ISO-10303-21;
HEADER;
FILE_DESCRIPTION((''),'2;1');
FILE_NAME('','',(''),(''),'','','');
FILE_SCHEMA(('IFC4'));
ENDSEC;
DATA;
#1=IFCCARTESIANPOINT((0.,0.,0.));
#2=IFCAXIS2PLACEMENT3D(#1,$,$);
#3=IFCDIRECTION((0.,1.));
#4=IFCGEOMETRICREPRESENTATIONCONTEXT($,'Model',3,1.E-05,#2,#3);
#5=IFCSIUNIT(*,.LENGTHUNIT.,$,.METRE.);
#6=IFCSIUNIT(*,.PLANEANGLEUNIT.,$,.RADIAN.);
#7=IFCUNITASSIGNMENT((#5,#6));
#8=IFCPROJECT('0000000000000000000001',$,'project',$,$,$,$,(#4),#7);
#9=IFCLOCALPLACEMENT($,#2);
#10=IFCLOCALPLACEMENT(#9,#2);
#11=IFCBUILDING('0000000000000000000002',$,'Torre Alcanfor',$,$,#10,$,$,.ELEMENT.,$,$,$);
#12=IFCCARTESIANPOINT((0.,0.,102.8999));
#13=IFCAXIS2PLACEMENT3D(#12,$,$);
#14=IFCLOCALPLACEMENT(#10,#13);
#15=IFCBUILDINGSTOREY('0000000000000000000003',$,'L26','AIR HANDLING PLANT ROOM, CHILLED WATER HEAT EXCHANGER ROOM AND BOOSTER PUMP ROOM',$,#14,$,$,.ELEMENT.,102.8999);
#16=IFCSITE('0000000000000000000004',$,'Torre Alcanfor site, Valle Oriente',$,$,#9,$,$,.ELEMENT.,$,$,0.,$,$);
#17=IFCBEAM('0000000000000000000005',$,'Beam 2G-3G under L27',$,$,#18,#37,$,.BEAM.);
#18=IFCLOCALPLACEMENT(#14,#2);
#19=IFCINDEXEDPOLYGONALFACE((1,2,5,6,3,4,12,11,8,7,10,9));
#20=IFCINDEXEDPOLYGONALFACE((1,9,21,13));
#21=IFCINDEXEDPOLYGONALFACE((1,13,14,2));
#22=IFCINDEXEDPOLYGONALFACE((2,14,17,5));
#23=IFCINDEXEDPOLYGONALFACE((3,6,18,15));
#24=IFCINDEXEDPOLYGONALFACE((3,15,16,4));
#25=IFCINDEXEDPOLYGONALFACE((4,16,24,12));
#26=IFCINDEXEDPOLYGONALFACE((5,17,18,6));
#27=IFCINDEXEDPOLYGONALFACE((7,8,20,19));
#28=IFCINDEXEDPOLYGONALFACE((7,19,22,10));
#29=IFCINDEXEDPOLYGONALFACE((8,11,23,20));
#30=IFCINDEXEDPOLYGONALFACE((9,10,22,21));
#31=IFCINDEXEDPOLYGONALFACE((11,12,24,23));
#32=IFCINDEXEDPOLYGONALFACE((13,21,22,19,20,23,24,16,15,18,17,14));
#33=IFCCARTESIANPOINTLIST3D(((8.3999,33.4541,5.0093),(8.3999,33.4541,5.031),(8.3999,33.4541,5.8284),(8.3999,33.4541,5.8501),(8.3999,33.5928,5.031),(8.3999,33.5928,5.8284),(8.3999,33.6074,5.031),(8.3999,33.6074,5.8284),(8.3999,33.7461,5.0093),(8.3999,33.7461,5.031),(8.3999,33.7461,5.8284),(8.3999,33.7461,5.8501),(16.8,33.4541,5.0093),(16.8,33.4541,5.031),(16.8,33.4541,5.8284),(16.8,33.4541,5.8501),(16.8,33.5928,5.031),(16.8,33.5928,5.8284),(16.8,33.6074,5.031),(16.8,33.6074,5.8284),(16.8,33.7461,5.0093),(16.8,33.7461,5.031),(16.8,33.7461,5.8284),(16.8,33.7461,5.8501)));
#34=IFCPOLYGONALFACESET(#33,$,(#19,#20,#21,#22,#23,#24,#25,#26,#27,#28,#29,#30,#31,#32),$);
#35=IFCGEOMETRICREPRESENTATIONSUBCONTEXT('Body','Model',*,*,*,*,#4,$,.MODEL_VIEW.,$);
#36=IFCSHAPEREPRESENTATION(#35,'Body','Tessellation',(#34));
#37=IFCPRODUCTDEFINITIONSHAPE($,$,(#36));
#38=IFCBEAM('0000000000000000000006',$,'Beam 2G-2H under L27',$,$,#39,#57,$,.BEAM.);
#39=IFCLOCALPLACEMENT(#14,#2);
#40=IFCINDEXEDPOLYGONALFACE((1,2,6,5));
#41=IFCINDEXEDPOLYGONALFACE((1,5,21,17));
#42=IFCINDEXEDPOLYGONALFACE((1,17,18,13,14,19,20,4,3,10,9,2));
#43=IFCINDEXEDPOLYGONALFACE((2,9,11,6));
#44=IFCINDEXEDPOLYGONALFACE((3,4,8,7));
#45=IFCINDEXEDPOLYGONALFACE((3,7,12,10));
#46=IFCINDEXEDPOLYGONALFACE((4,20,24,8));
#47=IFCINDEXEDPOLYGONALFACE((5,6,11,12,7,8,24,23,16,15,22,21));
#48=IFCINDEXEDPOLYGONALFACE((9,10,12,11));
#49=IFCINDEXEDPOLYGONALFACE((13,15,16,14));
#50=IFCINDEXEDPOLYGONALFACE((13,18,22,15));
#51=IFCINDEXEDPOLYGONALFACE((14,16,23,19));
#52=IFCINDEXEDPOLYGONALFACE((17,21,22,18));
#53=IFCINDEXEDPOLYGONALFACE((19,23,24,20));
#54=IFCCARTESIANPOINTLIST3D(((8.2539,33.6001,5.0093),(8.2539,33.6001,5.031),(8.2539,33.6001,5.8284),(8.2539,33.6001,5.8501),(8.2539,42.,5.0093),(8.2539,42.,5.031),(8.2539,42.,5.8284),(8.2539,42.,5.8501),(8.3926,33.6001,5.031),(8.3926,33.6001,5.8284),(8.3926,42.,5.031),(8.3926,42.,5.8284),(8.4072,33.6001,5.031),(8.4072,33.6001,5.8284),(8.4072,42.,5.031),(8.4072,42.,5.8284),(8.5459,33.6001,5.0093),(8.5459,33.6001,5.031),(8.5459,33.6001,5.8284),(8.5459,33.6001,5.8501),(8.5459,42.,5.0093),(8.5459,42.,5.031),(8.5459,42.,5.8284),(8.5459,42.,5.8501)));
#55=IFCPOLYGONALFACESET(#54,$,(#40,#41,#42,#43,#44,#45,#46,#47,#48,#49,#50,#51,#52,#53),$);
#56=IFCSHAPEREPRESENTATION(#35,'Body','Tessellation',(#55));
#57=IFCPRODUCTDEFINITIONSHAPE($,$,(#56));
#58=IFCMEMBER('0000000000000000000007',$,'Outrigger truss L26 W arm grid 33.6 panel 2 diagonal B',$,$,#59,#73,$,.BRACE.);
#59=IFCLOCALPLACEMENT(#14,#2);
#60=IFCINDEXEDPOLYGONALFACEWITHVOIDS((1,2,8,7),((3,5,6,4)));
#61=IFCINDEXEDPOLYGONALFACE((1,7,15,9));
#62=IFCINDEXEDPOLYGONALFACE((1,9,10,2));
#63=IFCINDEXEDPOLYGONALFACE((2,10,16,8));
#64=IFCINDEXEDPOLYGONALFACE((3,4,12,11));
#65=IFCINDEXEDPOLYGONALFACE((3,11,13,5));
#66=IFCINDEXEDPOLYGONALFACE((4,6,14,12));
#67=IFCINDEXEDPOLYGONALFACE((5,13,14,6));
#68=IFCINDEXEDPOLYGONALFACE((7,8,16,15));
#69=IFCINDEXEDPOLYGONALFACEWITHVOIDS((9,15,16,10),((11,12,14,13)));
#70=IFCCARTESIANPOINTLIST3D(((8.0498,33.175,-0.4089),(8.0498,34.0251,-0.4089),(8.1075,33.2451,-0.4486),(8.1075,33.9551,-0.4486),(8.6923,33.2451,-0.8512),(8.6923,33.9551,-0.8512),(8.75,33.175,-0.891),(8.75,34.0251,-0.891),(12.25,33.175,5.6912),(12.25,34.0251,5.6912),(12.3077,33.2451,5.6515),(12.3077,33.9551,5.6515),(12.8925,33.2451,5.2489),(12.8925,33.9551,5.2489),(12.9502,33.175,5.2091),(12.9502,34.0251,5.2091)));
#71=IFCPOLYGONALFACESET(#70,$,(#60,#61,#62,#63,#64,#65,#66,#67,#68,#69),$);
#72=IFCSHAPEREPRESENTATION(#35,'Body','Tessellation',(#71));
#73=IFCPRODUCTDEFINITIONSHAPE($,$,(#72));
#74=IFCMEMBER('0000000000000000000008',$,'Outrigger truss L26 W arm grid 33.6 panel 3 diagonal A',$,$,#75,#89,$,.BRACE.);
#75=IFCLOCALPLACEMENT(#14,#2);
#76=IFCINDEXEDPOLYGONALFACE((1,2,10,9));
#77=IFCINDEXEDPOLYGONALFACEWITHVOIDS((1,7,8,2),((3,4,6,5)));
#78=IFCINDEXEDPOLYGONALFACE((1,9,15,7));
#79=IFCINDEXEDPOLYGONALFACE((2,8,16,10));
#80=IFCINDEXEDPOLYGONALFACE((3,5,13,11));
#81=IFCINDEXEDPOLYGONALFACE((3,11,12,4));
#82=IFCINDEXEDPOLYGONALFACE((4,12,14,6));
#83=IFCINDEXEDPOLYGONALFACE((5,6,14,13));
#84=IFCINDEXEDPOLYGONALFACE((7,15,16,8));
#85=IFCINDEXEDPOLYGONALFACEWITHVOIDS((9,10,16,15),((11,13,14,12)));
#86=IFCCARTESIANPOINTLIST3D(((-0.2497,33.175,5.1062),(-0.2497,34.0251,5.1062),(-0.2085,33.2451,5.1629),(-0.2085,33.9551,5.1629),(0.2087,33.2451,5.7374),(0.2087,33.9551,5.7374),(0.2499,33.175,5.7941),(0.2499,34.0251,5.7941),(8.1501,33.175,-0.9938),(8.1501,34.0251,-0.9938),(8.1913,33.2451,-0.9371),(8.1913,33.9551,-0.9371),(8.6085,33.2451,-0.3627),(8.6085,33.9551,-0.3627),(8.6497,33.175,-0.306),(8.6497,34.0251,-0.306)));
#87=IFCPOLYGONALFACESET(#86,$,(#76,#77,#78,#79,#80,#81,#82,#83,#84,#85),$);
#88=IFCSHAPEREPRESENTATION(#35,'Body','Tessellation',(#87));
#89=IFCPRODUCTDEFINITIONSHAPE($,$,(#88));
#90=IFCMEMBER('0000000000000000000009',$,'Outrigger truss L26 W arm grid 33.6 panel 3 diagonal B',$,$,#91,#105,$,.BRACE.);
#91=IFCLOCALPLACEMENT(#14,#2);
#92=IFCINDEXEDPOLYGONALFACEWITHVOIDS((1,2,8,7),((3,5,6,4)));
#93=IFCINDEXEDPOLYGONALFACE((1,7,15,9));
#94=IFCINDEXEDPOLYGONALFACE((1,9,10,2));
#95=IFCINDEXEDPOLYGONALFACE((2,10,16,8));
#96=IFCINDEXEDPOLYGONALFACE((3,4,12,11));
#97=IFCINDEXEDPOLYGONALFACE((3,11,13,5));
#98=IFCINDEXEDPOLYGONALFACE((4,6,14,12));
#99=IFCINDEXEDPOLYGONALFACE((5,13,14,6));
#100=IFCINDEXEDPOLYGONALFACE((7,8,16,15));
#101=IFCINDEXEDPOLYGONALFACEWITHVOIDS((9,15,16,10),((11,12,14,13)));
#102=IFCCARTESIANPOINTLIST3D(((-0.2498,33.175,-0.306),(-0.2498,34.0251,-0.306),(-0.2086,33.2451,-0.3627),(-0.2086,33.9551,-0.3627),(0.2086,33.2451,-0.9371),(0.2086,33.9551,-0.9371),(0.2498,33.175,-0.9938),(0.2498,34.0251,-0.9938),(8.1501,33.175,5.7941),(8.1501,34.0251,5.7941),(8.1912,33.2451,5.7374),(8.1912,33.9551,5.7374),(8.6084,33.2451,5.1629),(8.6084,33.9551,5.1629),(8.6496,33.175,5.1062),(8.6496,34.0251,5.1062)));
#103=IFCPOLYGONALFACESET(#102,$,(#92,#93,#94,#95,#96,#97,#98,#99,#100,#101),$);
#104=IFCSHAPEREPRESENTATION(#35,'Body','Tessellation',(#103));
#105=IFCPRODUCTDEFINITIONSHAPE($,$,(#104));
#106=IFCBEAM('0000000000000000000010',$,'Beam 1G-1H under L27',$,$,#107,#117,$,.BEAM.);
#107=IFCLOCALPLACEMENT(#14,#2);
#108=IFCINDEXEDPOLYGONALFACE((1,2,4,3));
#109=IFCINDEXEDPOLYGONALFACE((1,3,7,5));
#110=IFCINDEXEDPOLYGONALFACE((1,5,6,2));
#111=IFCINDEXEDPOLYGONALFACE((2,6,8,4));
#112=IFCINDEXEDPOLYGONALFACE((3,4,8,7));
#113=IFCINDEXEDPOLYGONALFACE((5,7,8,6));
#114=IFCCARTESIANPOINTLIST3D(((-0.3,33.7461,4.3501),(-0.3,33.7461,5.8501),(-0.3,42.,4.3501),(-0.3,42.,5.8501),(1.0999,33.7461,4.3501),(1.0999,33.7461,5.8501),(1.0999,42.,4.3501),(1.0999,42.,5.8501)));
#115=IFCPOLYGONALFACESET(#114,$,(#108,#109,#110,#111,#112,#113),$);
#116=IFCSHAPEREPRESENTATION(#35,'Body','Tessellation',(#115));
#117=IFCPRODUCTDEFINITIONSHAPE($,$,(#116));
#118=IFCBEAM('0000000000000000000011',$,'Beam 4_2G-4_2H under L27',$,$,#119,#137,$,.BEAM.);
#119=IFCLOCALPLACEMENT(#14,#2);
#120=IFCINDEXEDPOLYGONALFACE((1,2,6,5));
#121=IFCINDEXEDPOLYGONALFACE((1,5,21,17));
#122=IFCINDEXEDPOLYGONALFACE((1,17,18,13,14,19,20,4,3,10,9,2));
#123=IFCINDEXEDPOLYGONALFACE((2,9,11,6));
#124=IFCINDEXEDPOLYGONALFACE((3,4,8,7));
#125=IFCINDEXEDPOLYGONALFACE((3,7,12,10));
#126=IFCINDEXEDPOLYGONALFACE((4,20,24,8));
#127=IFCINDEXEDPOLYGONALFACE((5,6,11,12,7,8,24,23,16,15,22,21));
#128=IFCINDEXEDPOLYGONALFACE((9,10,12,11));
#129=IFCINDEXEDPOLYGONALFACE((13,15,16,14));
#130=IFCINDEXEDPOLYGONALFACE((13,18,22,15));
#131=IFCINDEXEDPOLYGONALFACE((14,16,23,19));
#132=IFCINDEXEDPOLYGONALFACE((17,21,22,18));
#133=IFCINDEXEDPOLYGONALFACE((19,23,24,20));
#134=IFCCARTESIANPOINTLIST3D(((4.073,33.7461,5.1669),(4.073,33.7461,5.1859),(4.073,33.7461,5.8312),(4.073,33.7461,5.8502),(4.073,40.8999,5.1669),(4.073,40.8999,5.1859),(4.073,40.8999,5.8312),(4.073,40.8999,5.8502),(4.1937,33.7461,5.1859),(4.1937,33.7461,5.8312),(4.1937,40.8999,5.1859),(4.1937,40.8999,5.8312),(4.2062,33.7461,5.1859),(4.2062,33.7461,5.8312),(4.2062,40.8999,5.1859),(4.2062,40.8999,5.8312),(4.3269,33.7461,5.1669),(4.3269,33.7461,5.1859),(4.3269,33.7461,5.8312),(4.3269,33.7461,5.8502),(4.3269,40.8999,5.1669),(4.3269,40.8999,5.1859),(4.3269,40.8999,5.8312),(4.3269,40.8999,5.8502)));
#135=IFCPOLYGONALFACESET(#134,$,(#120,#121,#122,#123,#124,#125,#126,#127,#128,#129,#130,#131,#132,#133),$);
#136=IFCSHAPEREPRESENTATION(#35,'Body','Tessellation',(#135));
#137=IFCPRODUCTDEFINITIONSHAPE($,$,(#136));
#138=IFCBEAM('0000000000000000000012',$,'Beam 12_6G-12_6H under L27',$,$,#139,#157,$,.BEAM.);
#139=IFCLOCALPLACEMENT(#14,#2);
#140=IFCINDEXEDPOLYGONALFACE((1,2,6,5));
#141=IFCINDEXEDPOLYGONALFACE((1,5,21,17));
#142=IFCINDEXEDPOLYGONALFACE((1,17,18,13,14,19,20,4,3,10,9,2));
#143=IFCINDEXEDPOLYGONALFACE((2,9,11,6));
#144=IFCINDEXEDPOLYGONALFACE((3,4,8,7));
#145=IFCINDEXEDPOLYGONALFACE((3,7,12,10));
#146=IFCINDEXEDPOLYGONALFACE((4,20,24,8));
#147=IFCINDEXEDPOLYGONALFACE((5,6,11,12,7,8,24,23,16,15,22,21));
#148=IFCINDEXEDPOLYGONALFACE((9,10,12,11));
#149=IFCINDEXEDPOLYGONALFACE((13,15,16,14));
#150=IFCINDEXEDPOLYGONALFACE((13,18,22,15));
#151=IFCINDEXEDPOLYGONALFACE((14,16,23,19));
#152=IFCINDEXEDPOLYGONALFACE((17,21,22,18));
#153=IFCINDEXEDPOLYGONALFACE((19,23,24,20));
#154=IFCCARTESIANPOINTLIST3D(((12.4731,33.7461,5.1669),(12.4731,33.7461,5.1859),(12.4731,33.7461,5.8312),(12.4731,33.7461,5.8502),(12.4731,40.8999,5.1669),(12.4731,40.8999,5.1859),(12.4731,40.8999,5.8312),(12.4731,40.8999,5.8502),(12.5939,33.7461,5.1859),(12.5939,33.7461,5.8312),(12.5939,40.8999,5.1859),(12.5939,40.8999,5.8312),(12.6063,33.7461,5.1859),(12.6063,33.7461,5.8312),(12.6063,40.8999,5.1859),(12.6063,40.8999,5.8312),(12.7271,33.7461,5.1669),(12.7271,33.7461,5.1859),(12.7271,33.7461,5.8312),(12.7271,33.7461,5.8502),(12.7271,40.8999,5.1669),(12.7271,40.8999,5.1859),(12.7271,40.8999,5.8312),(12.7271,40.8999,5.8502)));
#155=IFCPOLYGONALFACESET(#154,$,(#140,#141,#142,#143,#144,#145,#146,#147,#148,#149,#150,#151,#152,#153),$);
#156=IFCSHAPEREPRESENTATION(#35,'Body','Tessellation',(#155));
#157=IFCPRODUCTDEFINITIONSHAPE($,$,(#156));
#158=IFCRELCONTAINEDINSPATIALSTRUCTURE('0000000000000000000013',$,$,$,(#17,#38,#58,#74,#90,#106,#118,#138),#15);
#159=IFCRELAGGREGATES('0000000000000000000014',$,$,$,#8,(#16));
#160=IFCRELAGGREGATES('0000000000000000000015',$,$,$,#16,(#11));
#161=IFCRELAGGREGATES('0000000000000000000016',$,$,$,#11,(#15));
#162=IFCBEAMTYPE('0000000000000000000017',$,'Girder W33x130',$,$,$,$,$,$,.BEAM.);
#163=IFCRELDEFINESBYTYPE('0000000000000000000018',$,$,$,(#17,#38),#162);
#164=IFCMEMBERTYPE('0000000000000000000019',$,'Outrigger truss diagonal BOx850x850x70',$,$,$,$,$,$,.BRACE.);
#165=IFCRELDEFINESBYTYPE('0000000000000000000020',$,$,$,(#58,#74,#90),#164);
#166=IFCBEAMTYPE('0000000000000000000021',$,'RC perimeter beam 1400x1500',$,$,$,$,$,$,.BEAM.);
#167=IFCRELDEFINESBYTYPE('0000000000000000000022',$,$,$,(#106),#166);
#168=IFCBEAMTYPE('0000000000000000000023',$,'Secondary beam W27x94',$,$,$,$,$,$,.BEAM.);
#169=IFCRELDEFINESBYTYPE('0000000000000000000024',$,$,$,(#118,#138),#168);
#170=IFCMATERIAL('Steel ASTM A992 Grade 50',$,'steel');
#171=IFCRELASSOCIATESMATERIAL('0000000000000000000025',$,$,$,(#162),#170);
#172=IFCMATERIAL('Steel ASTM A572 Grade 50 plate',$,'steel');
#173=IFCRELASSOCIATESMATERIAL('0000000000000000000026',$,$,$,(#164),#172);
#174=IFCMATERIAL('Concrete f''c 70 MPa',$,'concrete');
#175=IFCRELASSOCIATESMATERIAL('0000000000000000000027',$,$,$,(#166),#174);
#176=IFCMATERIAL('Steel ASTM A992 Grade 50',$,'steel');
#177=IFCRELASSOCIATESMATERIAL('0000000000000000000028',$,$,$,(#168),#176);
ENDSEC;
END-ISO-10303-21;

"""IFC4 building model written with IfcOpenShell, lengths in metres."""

from ifc_helpers import new_model, si_unit, direction, frame, origin, origin_2d, place, context, subcontext, project, spatial, rectangle, hollow_rectangle, i_section, extrude, material, material_profile, profile_set, type_object, element, save


model = new_model("IFC4")

# Units and contexts
model_context = context("Model", 3, precision=1e-05, world=origin(), true_north=direction((0.0, 1.0)))
body_context = subcontext(model_context, "Body", "Model", "MODEL_VIEW")
ifc_project = project(units=[si_unit("LENGTHUNIT", "METRE"), si_unit("PLANEANGLEUNIT", "RADIAN")], contexts=[model_context])

# Site, building, storey
site_placement = place(None, origin())
site = spatial("IfcSite", under=ifc_project, at=site_placement, Name="Torre Alcanfor site, Valle Oriente", CompositionType="ELEMENT", RefElevation=0.0)
building_placement = place(site_placement, origin())
building = spatial("IfcBuilding", under=site, at=building_placement, Name="Torre Alcanfor", CompositionType="ELEMENT")
storey_placement = place(building_placement, frame((0.0, 0.0, 102.8999)))
storey = spatial("IfcBuildingStorey", under=building, at=storey_placement, Name="L26", Description="AIR HANDLING PLANT ROOM, CHILLED WATER HEAT EXCHANGER ROOM AND BOOSTER PUMP ROOM", CompositionType="ELEMENT", Elevation=102.8999)

# Beams
ifc_material_1 = material(Name="Steel ASTM A992 Grade 50", Category="steel")
ifc_material_profile_1 = material_profile(ifc_material_1, i_section(OverallWidth=0.292, OverallDepth=0.8408, WebThickness=0.0146, FlangeThickness=0.0217, at=origin_2d()), Name="W33x130")
ifc_profile_set_1 = profile_set([ifc_material_profile_1], Name="Steel ASTM A992 Grade 50")
beam_type_1 = type_object("IfcBeamType", Name="Girder W33x130", PredefinedType="BEAM", material=ifc_profile_set_1)
beam_1_placement = place(storey_placement, frame((8.3999, 33.6001, 5.4297), z_axis=(1.0, 0.0, 0.0), x_axis=(0.0, 1.0, 0.0)))
element("IfcBeam", 1, at=beam_1_placement, inside=storey, type_object=beam_type_1, Name="Beam 2G-3G under L27", PredefinedType="BEAM", context=body_context, shape_type="SweptSolid", body=[
    extrude(i_section(OverallWidth=0.292, OverallDepth=0.8408, WebThickness=0.0146, FlangeThickness=0.0217, at=origin_2d()), origin(), (0.0, 0.0, 1.0), 8.4001),
])
beam_2_placement = place(storey_placement, frame((8.3999, 33.6001, 5.4297), z_axis=(0.0, 1.0, 0.0), x_axis=(-1.0, 0.0, 0.0)))
element("IfcBeam", 2, at=beam_2_placement, inside=storey, type_object=beam_type_1, Name="Beam 2G-2H under L27", PredefinedType="BEAM", context=body_context, shape_type="SweptSolid", body=[
    extrude(i_section(OverallWidth=0.292, OverallDepth=0.8408, WebThickness=0.0146, FlangeThickness=0.0217, at=origin_2d()), origin(), (0.0, 0.0, 1.0), 8.3999),
])

# Members
ifc_material_2 = material(Name="Steel ASTM A572 Grade 50 plate", Category="steel")
ifc_material_profile_2 = material_profile(ifc_material_2, hollow_rectangle(XDim=0.8501, YDim=0.8501, WallThickness=0.0701, at=origin_2d()), Name="BOX 850x850x70")
ifc_profile_set_2 = profile_set([ifc_material_profile_2], Name="Steel ASTM A572 Grade 50 plate")
member_type_1 = type_object("IfcMemberType", Name="Outrigger truss diagonal BOx850x850x70", PredefinedType="BRACE", material=ifc_profile_set_2)
member_1_placement = place(storey_placement, frame((8.3999, 33.6001, -0.6499), z_axis=(0.567113, 0.0, 0.82364), x_axis=(0.0, 1.0, 0.0)))
element("IfcMember", 3, at=member_1_placement, inside=storey, type_object=member_type_1, Name="Outrigger truss L26 W arm grid 33.6 panel 2 diagonal B", PredefinedType="BRACE", context=body_context, shape_type="SweptSolid", body=[
    extrude(hollow_rectangle(XDim=0.8501, YDim=0.8501, WallThickness=0.0701, at=origin_2d()), origin(), (0.0, 0.0, 1.0), 7.4062),
])
for number, where, z_axis, x_axis, name in (
    (4, (8.3999, 33.6001, -0.6499), (-0.809145, 0.0, 0.587609), (0.0, -1.0, 0.0), "Outrigger truss L26 W arm grid 33.6 panel 3 diagonal A"),
    (5, (0.0, 33.6001, -0.6499), (0.809145, 0.0, 0.587609), (0.0, 1.0, 0.0), "Outrigger truss L26 W arm grid 33.6 panel 3 diagonal B"),
):
    element("IfcMember", number, at=place(storey_placement, frame(where, z_axis=z_axis, x_axis=x_axis)), inside=storey, type_object=member_type_1, Name=name, PredefinedType="BRACE", context=body_context, shape_type="SweptSolid", body=[
        extrude(hollow_rectangle(XDim=0.8501, YDim=0.8501, WallThickness=0.0701, at=origin_2d()), origin(), (0.0, 0.0, 1.0), 10.3811),
    ])

# Beams
ifc_material_3 = material(Name="Concrete f'c 70 MPa", Category="concrete")
ifc_material_profile_3 = material_profile(ifc_material_3, rectangle(XDim=1.3999, YDim=1.5, at=origin_2d()), Name="1400x1500")
ifc_profile_set_3 = profile_set([ifc_material_profile_3], Name="Concrete f'c 70 MPa")
beam_type_2 = type_object("IfcBeamType", Name="RC perimeter beam 1400x1500", PredefinedType="BEAM", material=ifc_profile_set_3)
beam_3_placement = place(storey_placement, frame((0.3999, 33.7461, 5.1001), z_axis=(0.0, 1.0, 0.0), x_axis=(-1.0, 0.0, 0.0)))
element("IfcBeam", 6, at=beam_3_placement, inside=storey, type_object=beam_type_2, Name="Beam 1G-1H under L27", PredefinedType="BEAM", context=body_context, shape_type="SweptSolid", body=[
    extrude(rectangle(XDim=1.3999, YDim=1.5, at=origin_2d()), origin(), (0.0, 0.0, 1.0), 8.2539),
])
ifc_material_4 = material(Name="Steel ASTM A992 Grade 50", Category="steel")
ifc_material_profile_4 = material_profile(ifc_material_4, i_section(OverallWidth=0.2539, OverallDepth=0.6833, WebThickness=0.0125, FlangeThickness=0.019, at=origin_2d()), Name="W27x94")
ifc_profile_set_4 = profile_set([ifc_material_profile_4], Name="Steel ASTM A992 Grade 50")
beam_type_3 = type_object("IfcBeamType", Name="Secondary beam W27x94", PredefinedType="BEAM", material=ifc_profile_set_4)
for number, where, z_axis, x_axis, name in (
    (7, (4.2, 33.7461, 5.5085), (0.0, 1.0, 0.0), (-1.0, 0.0, 0.0), "Beam 4_2G-4_2H under L27"),
    (8, (12.6001, 33.7461, 5.5085), (0.0, 1.0, 0.0), (-1.0, 0.0, 0.0), "Beam 12_6G-12_6H under L27"),
):
    element("IfcBeam", number, at=place(storey_placement, frame(where, z_axis=z_axis, x_axis=x_axis)), inside=storey, type_object=beam_type_3, Name=name, PredefinedType="BEAM", context=body_context, shape_type="SweptSolid", body=[
        extrude(i_section(OverallWidth=0.2539, OverallDepth=0.6833, WebThickness=0.0125, FlangeThickness=0.019, at=origin_2d()), origin(), (0.0, 0.0, 1.0), 7.1538),
    ])

save(model, "model.ifc")
